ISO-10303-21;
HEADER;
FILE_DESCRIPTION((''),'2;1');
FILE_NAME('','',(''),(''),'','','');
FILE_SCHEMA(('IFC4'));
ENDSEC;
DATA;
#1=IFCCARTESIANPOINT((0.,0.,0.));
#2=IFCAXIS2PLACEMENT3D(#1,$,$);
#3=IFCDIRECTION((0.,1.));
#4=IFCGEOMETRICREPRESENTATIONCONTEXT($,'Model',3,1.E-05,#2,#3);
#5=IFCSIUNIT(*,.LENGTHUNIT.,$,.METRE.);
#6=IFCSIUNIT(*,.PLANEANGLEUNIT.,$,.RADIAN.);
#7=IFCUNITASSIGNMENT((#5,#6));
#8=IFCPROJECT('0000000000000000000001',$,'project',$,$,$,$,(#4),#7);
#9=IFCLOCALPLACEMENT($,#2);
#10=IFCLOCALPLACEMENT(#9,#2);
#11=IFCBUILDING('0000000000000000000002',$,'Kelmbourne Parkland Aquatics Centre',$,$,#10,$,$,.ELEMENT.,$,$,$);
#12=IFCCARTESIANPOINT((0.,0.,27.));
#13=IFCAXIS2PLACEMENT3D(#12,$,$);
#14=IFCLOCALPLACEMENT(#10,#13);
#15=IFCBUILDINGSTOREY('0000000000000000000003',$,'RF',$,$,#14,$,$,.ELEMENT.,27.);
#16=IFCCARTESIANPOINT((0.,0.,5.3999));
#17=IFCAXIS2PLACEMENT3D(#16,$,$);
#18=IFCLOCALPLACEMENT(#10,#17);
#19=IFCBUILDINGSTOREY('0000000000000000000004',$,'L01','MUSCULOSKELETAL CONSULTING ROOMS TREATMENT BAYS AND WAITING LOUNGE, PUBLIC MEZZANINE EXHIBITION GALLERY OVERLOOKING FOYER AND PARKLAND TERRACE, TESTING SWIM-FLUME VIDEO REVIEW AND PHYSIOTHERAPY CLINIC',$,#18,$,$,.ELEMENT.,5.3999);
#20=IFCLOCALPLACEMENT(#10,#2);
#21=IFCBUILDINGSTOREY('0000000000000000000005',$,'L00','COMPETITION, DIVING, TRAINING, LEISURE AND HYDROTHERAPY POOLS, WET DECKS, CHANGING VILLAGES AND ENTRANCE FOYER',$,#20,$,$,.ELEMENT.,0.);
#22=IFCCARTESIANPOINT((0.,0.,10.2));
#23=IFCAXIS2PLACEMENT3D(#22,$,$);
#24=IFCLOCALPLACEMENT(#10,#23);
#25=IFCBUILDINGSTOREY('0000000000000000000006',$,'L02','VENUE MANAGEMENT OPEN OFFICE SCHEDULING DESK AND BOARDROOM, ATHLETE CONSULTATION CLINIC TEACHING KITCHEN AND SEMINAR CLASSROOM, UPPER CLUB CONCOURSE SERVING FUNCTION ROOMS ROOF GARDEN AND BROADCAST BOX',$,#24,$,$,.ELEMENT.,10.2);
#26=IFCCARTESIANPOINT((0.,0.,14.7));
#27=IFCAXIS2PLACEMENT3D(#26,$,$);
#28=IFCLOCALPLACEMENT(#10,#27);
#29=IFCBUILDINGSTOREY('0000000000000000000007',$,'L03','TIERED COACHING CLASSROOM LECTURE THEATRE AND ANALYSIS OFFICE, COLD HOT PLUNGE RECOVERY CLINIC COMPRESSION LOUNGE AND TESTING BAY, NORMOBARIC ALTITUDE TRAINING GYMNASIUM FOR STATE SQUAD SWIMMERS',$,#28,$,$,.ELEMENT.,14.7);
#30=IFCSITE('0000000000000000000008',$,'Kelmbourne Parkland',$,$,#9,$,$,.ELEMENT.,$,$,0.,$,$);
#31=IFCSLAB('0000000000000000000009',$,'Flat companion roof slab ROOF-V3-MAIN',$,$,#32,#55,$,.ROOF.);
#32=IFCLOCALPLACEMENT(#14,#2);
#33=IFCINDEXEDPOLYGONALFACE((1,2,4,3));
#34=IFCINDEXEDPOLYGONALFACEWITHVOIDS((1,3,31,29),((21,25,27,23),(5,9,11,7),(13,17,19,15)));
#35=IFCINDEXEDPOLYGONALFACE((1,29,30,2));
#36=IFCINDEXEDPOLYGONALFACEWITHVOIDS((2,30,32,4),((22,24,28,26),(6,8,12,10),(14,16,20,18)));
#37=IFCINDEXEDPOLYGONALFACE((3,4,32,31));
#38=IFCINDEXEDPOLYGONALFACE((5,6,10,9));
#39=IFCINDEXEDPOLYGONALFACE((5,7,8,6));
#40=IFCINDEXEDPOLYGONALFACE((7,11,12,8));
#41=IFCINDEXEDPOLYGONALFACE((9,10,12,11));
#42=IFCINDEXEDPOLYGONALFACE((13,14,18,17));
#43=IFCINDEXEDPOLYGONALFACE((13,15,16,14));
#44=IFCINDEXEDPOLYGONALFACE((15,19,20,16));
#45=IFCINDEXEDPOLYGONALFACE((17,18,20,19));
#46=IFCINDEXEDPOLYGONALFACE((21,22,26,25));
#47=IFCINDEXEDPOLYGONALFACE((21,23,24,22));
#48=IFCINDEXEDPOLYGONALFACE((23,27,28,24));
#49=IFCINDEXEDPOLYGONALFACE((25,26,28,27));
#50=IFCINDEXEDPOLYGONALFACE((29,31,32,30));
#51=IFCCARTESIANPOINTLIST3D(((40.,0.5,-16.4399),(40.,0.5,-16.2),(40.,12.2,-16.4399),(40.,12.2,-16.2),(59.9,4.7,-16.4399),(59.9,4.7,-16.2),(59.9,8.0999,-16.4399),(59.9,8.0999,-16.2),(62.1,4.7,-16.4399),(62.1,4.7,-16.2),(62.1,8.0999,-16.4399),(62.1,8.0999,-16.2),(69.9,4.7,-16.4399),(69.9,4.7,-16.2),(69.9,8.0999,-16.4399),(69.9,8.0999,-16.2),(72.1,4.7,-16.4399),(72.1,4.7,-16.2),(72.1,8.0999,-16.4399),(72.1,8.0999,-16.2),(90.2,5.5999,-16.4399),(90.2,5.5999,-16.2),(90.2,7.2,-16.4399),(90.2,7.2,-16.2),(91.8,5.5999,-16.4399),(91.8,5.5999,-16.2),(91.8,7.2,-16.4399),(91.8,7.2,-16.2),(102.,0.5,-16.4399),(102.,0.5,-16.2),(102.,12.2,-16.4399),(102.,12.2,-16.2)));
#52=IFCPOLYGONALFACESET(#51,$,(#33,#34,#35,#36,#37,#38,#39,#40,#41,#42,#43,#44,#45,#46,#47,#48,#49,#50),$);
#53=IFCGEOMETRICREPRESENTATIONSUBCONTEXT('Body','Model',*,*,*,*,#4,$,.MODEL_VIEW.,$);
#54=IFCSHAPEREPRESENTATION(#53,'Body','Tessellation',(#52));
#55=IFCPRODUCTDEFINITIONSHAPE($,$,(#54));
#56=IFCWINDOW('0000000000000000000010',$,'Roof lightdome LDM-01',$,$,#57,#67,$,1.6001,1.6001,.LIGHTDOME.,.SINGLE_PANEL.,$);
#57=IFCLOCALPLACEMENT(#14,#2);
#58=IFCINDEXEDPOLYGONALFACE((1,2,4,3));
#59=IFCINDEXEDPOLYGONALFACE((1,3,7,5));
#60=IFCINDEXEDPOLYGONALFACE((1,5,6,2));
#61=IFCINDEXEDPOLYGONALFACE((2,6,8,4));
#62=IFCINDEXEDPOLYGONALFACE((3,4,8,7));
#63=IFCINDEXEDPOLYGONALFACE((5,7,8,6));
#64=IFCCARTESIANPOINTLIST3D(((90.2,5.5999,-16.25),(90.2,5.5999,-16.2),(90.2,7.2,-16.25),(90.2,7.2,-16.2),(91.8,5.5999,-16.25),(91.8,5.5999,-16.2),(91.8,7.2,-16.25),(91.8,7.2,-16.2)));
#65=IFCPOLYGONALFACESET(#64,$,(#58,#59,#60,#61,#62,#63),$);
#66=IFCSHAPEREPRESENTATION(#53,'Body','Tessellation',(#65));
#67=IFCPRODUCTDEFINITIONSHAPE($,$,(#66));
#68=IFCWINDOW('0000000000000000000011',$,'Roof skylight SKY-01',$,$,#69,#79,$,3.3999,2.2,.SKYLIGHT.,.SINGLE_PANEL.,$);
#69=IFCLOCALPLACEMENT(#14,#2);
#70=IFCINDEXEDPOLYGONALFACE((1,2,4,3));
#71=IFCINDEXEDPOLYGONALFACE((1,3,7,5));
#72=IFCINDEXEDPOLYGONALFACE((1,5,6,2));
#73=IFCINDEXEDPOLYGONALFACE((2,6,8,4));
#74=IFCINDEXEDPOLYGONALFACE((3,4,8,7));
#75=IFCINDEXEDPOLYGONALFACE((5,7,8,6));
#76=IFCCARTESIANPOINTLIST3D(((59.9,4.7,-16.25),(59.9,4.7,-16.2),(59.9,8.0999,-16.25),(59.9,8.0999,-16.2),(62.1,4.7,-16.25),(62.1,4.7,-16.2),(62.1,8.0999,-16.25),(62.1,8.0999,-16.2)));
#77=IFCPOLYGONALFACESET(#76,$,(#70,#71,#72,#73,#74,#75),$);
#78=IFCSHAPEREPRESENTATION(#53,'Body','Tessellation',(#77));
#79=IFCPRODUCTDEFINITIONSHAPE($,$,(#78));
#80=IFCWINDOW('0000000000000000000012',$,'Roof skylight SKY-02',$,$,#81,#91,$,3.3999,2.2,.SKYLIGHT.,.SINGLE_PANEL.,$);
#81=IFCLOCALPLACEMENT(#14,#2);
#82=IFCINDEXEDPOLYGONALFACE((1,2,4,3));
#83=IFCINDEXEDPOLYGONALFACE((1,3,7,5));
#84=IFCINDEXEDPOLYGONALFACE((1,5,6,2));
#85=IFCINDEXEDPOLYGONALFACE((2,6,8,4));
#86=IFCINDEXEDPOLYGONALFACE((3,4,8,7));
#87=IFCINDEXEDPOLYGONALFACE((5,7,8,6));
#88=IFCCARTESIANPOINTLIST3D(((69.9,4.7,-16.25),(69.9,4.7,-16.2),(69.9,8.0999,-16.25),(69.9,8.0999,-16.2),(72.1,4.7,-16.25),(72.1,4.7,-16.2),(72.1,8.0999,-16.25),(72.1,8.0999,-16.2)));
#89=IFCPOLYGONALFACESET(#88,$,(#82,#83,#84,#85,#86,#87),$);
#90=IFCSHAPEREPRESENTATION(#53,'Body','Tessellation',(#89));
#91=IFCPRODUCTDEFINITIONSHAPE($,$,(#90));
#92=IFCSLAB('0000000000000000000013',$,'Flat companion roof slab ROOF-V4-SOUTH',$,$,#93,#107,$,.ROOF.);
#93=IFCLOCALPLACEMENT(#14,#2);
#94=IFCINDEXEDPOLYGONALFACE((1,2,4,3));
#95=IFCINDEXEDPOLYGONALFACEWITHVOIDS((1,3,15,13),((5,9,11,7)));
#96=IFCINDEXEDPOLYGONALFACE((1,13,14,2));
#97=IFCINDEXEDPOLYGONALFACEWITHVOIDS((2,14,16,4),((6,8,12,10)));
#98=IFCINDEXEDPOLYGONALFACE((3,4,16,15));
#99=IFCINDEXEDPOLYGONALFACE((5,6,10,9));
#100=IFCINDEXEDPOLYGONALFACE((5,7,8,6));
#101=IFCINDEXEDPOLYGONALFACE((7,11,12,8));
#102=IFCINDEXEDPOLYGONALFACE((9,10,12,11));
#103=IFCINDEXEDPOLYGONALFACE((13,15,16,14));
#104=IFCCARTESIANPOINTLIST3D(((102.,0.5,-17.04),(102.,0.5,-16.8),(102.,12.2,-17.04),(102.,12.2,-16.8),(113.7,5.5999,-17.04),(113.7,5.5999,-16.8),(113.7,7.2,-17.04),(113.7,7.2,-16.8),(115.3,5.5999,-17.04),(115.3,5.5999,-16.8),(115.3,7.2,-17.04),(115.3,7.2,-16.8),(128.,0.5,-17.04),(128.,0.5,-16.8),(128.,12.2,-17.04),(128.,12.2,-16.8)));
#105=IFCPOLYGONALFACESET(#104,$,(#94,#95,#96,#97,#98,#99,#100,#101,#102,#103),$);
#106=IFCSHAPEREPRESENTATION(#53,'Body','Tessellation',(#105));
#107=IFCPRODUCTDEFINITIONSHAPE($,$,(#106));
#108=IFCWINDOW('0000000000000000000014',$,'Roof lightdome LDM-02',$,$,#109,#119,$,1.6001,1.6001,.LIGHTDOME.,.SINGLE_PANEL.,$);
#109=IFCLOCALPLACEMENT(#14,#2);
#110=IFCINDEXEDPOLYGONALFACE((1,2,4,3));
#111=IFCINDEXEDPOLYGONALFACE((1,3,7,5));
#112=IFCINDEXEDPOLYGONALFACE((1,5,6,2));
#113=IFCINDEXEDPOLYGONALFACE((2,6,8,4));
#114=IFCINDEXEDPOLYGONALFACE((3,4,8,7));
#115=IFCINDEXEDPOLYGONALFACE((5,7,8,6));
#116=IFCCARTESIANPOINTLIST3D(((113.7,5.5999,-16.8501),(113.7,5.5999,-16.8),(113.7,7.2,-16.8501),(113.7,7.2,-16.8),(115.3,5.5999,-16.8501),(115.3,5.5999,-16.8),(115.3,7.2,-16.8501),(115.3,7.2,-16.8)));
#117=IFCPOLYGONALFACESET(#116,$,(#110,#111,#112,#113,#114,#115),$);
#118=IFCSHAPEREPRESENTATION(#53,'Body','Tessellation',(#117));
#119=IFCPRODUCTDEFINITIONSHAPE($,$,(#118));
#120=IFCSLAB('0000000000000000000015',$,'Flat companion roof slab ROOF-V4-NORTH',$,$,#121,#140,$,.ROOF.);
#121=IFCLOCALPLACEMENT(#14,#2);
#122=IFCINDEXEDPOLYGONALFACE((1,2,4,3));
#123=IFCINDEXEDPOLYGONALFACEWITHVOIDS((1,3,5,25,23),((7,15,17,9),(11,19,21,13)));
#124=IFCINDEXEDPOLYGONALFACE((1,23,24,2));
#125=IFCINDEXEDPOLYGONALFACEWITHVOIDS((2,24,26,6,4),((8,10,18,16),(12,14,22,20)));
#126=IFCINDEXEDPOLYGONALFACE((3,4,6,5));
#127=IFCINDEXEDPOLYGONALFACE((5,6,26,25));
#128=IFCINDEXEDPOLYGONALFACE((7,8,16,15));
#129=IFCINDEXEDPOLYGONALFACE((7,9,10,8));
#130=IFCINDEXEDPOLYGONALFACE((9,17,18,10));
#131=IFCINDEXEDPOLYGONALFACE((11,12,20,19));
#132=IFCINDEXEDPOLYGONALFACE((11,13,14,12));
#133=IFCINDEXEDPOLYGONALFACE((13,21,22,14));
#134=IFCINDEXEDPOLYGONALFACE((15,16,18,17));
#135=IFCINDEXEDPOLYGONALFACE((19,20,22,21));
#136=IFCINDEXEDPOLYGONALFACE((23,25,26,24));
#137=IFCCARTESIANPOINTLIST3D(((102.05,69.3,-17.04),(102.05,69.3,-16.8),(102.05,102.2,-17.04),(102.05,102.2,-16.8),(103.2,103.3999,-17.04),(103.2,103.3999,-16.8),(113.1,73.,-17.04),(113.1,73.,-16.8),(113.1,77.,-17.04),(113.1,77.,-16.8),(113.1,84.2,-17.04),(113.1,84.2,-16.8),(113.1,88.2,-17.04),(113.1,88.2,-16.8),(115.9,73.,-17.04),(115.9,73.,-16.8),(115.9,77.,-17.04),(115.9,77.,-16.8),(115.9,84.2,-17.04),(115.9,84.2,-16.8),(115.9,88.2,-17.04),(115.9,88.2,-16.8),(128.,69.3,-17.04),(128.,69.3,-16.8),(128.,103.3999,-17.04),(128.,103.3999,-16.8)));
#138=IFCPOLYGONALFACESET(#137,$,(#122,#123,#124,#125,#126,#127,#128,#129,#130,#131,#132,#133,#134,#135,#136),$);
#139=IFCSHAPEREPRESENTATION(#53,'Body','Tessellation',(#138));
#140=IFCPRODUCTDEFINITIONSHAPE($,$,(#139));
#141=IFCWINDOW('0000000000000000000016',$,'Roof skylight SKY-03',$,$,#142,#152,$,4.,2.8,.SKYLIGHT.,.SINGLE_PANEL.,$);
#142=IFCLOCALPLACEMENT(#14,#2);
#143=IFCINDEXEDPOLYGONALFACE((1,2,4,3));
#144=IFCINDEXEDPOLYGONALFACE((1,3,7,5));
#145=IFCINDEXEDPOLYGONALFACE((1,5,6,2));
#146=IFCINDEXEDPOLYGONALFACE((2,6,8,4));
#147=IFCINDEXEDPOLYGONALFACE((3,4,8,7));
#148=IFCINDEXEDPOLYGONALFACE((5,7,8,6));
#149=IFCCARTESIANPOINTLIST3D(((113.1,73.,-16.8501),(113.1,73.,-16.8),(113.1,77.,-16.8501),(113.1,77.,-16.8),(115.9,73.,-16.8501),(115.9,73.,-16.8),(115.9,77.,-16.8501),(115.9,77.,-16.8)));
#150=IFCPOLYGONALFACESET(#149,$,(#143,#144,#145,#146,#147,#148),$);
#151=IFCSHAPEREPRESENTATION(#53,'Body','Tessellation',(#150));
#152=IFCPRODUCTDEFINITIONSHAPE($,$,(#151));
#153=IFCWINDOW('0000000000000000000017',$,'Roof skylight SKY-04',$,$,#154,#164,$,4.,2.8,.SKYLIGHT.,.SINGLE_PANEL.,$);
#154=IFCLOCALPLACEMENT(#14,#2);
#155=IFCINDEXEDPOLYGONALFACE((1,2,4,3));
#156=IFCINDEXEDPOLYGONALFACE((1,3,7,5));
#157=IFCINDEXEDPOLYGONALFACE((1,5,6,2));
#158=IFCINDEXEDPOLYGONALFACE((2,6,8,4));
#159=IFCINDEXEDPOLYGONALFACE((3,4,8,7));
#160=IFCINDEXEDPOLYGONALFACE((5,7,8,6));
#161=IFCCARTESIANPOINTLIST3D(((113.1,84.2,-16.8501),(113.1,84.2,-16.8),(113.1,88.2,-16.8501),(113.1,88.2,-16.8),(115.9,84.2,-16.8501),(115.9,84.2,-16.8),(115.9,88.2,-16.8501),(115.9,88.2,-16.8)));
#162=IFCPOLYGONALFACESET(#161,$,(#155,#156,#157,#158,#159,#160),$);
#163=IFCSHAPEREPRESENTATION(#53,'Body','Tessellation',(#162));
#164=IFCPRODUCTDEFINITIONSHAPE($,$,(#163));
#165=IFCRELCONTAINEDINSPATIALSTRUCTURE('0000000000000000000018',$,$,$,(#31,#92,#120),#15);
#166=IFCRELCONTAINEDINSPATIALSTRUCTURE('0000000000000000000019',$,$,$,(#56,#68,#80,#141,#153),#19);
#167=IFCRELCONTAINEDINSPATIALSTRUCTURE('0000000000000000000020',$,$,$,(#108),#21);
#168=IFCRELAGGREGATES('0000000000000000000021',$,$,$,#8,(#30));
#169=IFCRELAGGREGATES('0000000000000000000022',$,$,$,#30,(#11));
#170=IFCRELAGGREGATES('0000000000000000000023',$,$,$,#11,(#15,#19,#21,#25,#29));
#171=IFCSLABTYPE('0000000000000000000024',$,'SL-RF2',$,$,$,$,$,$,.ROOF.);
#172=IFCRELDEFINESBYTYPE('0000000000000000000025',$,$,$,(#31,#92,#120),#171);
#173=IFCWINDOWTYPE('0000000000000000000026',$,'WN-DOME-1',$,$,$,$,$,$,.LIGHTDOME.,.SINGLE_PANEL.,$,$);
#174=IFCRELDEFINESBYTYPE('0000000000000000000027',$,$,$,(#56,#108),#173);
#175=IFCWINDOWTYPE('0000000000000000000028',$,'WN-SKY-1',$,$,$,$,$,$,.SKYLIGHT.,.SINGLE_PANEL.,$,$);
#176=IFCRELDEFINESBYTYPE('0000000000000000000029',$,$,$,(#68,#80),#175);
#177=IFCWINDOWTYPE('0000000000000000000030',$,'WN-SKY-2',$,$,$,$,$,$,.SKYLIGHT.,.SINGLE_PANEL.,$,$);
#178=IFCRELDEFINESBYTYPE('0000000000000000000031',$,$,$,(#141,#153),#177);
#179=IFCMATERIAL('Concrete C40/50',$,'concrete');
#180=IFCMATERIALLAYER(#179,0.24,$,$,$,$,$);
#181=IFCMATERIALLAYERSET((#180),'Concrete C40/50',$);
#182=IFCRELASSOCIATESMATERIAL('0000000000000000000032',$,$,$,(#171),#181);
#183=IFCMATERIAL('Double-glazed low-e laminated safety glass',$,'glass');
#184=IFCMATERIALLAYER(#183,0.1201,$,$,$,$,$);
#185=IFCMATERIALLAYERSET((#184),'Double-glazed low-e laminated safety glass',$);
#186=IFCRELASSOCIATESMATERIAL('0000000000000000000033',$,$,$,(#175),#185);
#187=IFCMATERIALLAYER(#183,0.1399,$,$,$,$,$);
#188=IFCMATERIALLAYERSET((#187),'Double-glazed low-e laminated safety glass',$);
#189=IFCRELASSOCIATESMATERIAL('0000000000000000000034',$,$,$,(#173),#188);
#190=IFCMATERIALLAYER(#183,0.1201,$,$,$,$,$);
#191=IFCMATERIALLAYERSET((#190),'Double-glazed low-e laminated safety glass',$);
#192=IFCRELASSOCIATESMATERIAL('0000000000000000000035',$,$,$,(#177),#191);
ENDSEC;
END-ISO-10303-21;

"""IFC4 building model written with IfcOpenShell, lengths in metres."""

from ifc_helpers import new_model, si_unit, direction, frame, origin, origin_2d, place, context, subcontext, project, spatial, polyline, rectangle, outline, extrude, material, layer, layer_set, type_object, element, fill, save


model = new_model("IFC4")

# Units and contexts
model_context = context("Model", 3, precision=1e-05, world=origin(), true_north=direction((0.0, 1.0)))
body_context = subcontext(model_context, "Body", "Model", "MODEL_VIEW")
ifc_project = project(units=[si_unit("LENGTHUNIT", "METRE"), si_unit("PLANEANGLEUNIT", "RADIAN")], contexts=[model_context])

# Site, building, storey
site_placement = place(None, origin())
site = spatial("IfcSite", under=ifc_project, at=site_placement, Name="Kelmbourne Parkland", CompositionType="ELEMENT", RefElevation=0.0)
building_placement = place(site_placement, origin())
building = spatial("IfcBuilding", under=site, at=building_placement, Name="Kelmbourne Parkland Aquatics Centre", CompositionType="ELEMENT")
storey_1_placement = place(building_placement, frame((0.0, 0.0, 27.0)))
storey_1 = spatial("IfcBuildingStorey", under=building, at=storey_1_placement, Name="RF", CompositionType="ELEMENT", Elevation=27.0)

# Shared definitions
ifc_material_1 = material(Name="Concrete C40/50", Category="concrete")
ifc_layer_1 = layer(ifc_material_1, 0.24)
ifc_layer_set_1 = layer_set([ifc_layer_1], Name="Concrete C40/50")
slab_type_1 = type_object("IfcSlabType", Name="SL-RF2", PredefinedType="ROOF", material=ifc_layer_set_1)

# Shared definitions
storey_2_placement = place(building_placement, frame((0.0, 0.0, 5.3999)))
storey_2 = spatial("IfcBuildingStorey", under=building, at=storey_2_placement, Name="L01", Description="MUSCULOSKELETAL CONSULTING ROOMS TREATMENT BAYS AND WAITING LOUNGE, PUBLIC MEZZANINE EXHIBITION GALLERY OVERLOOKING FOYER AND PARKLAND TERRACE, TESTING SWIM-FLUME VIDEO REVIEW AND PHYSIOTHERAPY CLINIC", CompositionType="ELEMENT", Elevation=5.3999)

# Shared definitions
ifc_material_2 = material(Name="Double-glazed low-e laminated safety glass", Category="glass")
ifc_layer_2 = layer(ifc_material_2, 0.1201)
ifc_layer_set_2 = layer_set([ifc_layer_2], Name="Double-glazed low-e laminated safety glass")
window_type_1 = type_object("IfcWindowType", Name="WN-SKY-1", PartitioningType="SINGLE_PANEL", PredefinedType="SKYLIGHT", material=ifc_layer_set_2)

# Slab, openings, windows
slab_1_placement = place(storey_1_placement, frame((0.0, 0.0, -16.4399)))
slab_1 = element("IfcSlab", 1, at=slab_1_placement, inside=storey_1, type_object=slab_type_1, Name="Flat companion roof slab ROOF-V3-MAIN", PredefinedType="ROOF", context=body_context, shape_type="SweptSolid", body=[
    extrude(outline(polyline([(40.0, 0.5), (102.0, 0.5), (102.0, 12.2), (40.0, 12.2), (40.0, 0.5)])), origin(), (0.0, 0.0, 1.0), 0.24),
])
opening_1_placement = place(slab_1_placement, frame((61.0, 6.3999, 0.0)))
opening_1 = element("IfcOpeningElement", 2, at=opening_1_placement, cuts=slab_1, PredefinedType="OPENING", context=body_context, shape_type="SweptSolid", body=[
    extrude(rectangle(XDim=2.2, YDim=3.3999, at=origin_2d()), frame((0.0, 0.0, -0.012)), (0.0, 0.0, 1.0), 0.2639),
])
opening_2_placement = place(slab_1_placement, frame((71.0, 6.3999, 0.0)))
opening_2 = element("IfcOpeningElement", 3, at=opening_2_placement, cuts=slab_1, PredefinedType="OPENING", context=body_context, shape_type="SweptSolid", body=[
    extrude(rectangle(XDim=2.2, YDim=3.3999, at=origin_2d()), frame((0.0, 0.0, -0.012)), (0.0, 0.0, 1.0), 0.2639),
])
opening_3_placement = place(slab_1_placement, frame((91.0, 6.3999, 0.0)))
opening_3 = element("IfcOpeningElement", 4, at=opening_3_placement, cuts=slab_1, PredefinedType="OPENING", context=body_context, shape_type="SweptSolid", body=[
    extrude(rectangle(XDim=1.6001, YDim=1.6001, at=origin_2d()), frame((0.0, 0.0, -0.012)), (0.0, 0.0, 1.0), 0.2639),
])
ifc_layer_3 = layer(ifc_material_2, 0.1399)
ifc_layer_set_3 = layer_set([ifc_layer_3], Name="Double-glazed low-e laminated safety glass")
window_type_2 = type_object("IfcWindowType", Name="WN-DOME-1", PartitioningType="SINGLE_PANEL", PredefinedType="LIGHTDOME", material=ifc_layer_set_3)
window_1_placement = place(opening_3_placement, frame((0.0, 0.0, 0.1899)))
window_1 = element("IfcWindow", 5, at=window_1_placement, inside=storey_2, type_object=window_type_2, Name="Roof lightdome LDM-01", OverallHeight=1.6001, OverallWidth=1.6001, PartitioningType="SINGLE_PANEL", PredefinedType="LIGHTDOME", context=body_context, shape_type="SweptSolid", body=[
    extrude(rectangle(XDim=1.6001, YDim=1.6001, at=origin_2d()), origin(), (0.0, 0.0, 1.0), 0.05),
])
fill(opening_3, window_1)
window_2_placement = place(opening_1_placement, frame((0.0, 0.0, 0.1899)))
window_2 = element("IfcWindow", 6, at=window_2_placement, inside=storey_2, type_object=window_type_1, Name="Roof skylight SKY-01", OverallHeight=3.3999, OverallWidth=2.2, PartitioningType="SINGLE_PANEL", PredefinedType="SKYLIGHT", context=body_context, shape_type="SweptSolid", body=[
    extrude(rectangle(XDim=2.2, YDim=3.3999, at=origin_2d()), origin(), (0.0, 0.0, 1.0), 0.05),
])
fill(opening_1, window_2)
window_3_placement = place(opening_2_placement, frame((0.0, 0.0, 0.1899)))
window_3 = element("IfcWindow", 7, at=window_3_placement, inside=storey_2, type_object=window_type_1, Name="Roof skylight SKY-02", OverallHeight=3.3999, OverallWidth=2.2, PartitioningType="SINGLE_PANEL", PredefinedType="SKYLIGHT", context=body_context, shape_type="SweptSolid", body=[
    extrude(rectangle(XDim=2.2, YDim=3.3999, at=origin_2d()), origin(), (0.0, 0.0, 1.0), 0.05),
])
fill(opening_2, window_3)

# Slab, opening
slab_2_placement = place(storey_1_placement, frame((0.0, 0.0, -17.04)))
slab_2 = element("IfcSlab", 8, at=slab_2_placement, inside=storey_1, type_object=slab_type_1, Name="Flat companion roof slab ROOF-V4-SOUTH", PredefinedType="ROOF", context=body_context, shape_type="SweptSolid", body=[
    extrude(outline(polyline([(102.0, 0.5), (128.0, 0.5), (128.0, 12.2), (102.0, 12.2), (102.0, 0.5)])), origin(), (0.0, 0.0, 1.0), 0.24),
])
opening_4_placement = place(slab_2_placement, frame((114.5, 6.3999, 0.0)))
opening_4 = element("IfcOpeningElement", 9, at=opening_4_placement, cuts=slab_2, PredefinedType="OPENING", context=body_context, shape_type="SweptSolid", body=[
    extrude(rectangle(XDim=1.6001, YDim=1.6001, at=origin_2d()), frame((0.0, 0.0, -0.012)), (0.0, 0.0, 1.0), 0.2639),
])

# Shared definitions
storey_3_placement = place(building_placement, origin())
storey_3 = spatial("IfcBuildingStorey", under=building, at=storey_3_placement, Name="L00", Description="COMPETITION, DIVING, TRAINING, LEISURE AND HYDROTHERAPY POOLS, WET DECKS, CHANGING VILLAGES AND ENTRANCE FOYER", CompositionType="ELEMENT", Elevation=0.0)

# Window
window_4_placement = place(opening_4_placement, frame((0.0, 0.0, 0.1899)))
window_4 = element("IfcWindow", 10, at=window_4_placement, inside=storey_3, type_object=window_type_2, Name="Roof lightdome LDM-02", OverallHeight=1.6001, OverallWidth=1.6001, PartitioningType="SINGLE_PANEL", PredefinedType="LIGHTDOME", context=body_context, shape_type="SweptSolid", body=[
    extrude(rectangle(XDim=1.6001, YDim=1.6001, at=origin_2d()), origin(), (0.0, 0.0, 1.0), 0.05),
])
fill(opening_4, window_4)

# Slab, openings, windows
slab_3_placement = place(storey_1_placement, frame((0.0, 0.0, -17.04)))
slab_3 = element("IfcSlab", 11, at=slab_3_placement, inside=storey_1, type_object=slab_type_1, Name="Flat companion roof slab ROOF-V4-NORTH", PredefinedType="ROOF", context=body_context, shape_type="SweptSolid", body=[
    extrude(outline(polyline([(102.05, 69.3), (128.0, 69.3), (128.0, 103.3999), (103.2, 103.3999), (102.05, 102.2), (102.05, 69.3)])), origin(), (0.0, 0.0, 1.0), 0.24),
])
opening_5_placement = place(slab_3_placement, frame((114.5, 75.0, 0.0)))
opening_5 = element("IfcOpeningElement", 12, at=opening_5_placement, cuts=slab_3, PredefinedType="OPENING", context=body_context, shape_type="SweptSolid", body=[
    extrude(rectangle(XDim=2.8, YDim=4.0, at=origin_2d()), frame((0.0, 0.0, -0.012)), (0.0, 0.0, 1.0), 0.2639),
])
opening_6_placement = place(slab_3_placement, frame((114.5, 86.2, 0.0)))
opening_6 = element("IfcOpeningElement", 13, at=opening_6_placement, cuts=slab_3, PredefinedType="OPENING", context=body_context, shape_type="SweptSolid", body=[
    extrude(rectangle(XDim=2.8, YDim=4.0, at=origin_2d()), frame((0.0, 0.0, -0.012)), (0.0, 0.0, 1.0), 0.2639),
])
ifc_layer_4 = layer(ifc_material_2, 0.1201)
ifc_layer_set_4 = layer_set([ifc_layer_4], Name="Double-glazed low-e laminated safety glass")
window_type_3 = type_object("IfcWindowType", Name="WN-SKY-2", PartitioningType="SINGLE_PANEL", PredefinedType="SKYLIGHT", material=ifc_layer_set_4)
window_5_placement = place(opening_5_placement, frame((0.0, 0.0, 0.1899)))
window_5 = element("IfcWindow", 14, at=window_5_placement, inside=storey_2, type_object=window_type_3, Name="Roof skylight SKY-03", OverallHeight=4.0, OverallWidth=2.8, PartitioningType="SINGLE_PANEL", PredefinedType="SKYLIGHT", context=body_context, shape_type="SweptSolid", body=[
    extrude(rectangle(XDim=2.8, YDim=4.0, at=origin_2d()), origin(), (0.0, 0.0, 1.0), 0.05),
])
fill(opening_5, window_5)
window_6_placement = place(opening_6_placement, frame((0.0, 0.0, 0.1899)))
window_6 = element("IfcWindow", 15, at=window_6_placement, inside=storey_2, type_object=window_type_3, Name="Roof skylight SKY-04", OverallHeight=4.0, OverallWidth=2.8, PartitioningType="SINGLE_PANEL", PredefinedType="SKYLIGHT", context=body_context, shape_type="SweptSolid", body=[
    extrude(rectangle(XDim=2.8, YDim=4.0, at=origin_2d()), origin(), (0.0, 0.0, 1.0), 0.05),
])
fill(opening_6, window_6)

# Shared definitions
storey_4_placement = place(building_placement, frame((0.0, 0.0, 10.2)))
storey_4 = spatial("IfcBuildingStorey", under=building, at=storey_4_placement, Name="L02", Description="VENUE MANAGEMENT OPEN OFFICE SCHEDULING DESK AND BOARDROOM, ATHLETE CONSULTATION CLINIC TEACHING KITCHEN AND SEMINAR CLASSROOM, UPPER CLUB CONCOURSE SERVING FUNCTION ROOMS ROOF GARDEN AND BROADCAST BOX", CompositionType="ELEMENT", Elevation=10.2)

# Shared definitions
storey_5_placement = place(building_placement, frame((0.0, 0.0, 14.7)))
storey_5 = spatial("IfcBuildingStorey", under=building, at=storey_5_placement, Name="L03", Description="TIERED COACHING CLASSROOM LECTURE THEATRE AND ANALYSIS OFFICE, COLD HOT PLUNGE RECOVERY CLINIC COMPRESSION LOUNGE AND TESTING BAY, NORMOBARIC ALTITUDE TRAINING GYMNASIUM FOR STATE SQUAD SWIMMERS", CompositionType="ELEMENT", Elevation=14.7)

save(model, "model.ifc")
